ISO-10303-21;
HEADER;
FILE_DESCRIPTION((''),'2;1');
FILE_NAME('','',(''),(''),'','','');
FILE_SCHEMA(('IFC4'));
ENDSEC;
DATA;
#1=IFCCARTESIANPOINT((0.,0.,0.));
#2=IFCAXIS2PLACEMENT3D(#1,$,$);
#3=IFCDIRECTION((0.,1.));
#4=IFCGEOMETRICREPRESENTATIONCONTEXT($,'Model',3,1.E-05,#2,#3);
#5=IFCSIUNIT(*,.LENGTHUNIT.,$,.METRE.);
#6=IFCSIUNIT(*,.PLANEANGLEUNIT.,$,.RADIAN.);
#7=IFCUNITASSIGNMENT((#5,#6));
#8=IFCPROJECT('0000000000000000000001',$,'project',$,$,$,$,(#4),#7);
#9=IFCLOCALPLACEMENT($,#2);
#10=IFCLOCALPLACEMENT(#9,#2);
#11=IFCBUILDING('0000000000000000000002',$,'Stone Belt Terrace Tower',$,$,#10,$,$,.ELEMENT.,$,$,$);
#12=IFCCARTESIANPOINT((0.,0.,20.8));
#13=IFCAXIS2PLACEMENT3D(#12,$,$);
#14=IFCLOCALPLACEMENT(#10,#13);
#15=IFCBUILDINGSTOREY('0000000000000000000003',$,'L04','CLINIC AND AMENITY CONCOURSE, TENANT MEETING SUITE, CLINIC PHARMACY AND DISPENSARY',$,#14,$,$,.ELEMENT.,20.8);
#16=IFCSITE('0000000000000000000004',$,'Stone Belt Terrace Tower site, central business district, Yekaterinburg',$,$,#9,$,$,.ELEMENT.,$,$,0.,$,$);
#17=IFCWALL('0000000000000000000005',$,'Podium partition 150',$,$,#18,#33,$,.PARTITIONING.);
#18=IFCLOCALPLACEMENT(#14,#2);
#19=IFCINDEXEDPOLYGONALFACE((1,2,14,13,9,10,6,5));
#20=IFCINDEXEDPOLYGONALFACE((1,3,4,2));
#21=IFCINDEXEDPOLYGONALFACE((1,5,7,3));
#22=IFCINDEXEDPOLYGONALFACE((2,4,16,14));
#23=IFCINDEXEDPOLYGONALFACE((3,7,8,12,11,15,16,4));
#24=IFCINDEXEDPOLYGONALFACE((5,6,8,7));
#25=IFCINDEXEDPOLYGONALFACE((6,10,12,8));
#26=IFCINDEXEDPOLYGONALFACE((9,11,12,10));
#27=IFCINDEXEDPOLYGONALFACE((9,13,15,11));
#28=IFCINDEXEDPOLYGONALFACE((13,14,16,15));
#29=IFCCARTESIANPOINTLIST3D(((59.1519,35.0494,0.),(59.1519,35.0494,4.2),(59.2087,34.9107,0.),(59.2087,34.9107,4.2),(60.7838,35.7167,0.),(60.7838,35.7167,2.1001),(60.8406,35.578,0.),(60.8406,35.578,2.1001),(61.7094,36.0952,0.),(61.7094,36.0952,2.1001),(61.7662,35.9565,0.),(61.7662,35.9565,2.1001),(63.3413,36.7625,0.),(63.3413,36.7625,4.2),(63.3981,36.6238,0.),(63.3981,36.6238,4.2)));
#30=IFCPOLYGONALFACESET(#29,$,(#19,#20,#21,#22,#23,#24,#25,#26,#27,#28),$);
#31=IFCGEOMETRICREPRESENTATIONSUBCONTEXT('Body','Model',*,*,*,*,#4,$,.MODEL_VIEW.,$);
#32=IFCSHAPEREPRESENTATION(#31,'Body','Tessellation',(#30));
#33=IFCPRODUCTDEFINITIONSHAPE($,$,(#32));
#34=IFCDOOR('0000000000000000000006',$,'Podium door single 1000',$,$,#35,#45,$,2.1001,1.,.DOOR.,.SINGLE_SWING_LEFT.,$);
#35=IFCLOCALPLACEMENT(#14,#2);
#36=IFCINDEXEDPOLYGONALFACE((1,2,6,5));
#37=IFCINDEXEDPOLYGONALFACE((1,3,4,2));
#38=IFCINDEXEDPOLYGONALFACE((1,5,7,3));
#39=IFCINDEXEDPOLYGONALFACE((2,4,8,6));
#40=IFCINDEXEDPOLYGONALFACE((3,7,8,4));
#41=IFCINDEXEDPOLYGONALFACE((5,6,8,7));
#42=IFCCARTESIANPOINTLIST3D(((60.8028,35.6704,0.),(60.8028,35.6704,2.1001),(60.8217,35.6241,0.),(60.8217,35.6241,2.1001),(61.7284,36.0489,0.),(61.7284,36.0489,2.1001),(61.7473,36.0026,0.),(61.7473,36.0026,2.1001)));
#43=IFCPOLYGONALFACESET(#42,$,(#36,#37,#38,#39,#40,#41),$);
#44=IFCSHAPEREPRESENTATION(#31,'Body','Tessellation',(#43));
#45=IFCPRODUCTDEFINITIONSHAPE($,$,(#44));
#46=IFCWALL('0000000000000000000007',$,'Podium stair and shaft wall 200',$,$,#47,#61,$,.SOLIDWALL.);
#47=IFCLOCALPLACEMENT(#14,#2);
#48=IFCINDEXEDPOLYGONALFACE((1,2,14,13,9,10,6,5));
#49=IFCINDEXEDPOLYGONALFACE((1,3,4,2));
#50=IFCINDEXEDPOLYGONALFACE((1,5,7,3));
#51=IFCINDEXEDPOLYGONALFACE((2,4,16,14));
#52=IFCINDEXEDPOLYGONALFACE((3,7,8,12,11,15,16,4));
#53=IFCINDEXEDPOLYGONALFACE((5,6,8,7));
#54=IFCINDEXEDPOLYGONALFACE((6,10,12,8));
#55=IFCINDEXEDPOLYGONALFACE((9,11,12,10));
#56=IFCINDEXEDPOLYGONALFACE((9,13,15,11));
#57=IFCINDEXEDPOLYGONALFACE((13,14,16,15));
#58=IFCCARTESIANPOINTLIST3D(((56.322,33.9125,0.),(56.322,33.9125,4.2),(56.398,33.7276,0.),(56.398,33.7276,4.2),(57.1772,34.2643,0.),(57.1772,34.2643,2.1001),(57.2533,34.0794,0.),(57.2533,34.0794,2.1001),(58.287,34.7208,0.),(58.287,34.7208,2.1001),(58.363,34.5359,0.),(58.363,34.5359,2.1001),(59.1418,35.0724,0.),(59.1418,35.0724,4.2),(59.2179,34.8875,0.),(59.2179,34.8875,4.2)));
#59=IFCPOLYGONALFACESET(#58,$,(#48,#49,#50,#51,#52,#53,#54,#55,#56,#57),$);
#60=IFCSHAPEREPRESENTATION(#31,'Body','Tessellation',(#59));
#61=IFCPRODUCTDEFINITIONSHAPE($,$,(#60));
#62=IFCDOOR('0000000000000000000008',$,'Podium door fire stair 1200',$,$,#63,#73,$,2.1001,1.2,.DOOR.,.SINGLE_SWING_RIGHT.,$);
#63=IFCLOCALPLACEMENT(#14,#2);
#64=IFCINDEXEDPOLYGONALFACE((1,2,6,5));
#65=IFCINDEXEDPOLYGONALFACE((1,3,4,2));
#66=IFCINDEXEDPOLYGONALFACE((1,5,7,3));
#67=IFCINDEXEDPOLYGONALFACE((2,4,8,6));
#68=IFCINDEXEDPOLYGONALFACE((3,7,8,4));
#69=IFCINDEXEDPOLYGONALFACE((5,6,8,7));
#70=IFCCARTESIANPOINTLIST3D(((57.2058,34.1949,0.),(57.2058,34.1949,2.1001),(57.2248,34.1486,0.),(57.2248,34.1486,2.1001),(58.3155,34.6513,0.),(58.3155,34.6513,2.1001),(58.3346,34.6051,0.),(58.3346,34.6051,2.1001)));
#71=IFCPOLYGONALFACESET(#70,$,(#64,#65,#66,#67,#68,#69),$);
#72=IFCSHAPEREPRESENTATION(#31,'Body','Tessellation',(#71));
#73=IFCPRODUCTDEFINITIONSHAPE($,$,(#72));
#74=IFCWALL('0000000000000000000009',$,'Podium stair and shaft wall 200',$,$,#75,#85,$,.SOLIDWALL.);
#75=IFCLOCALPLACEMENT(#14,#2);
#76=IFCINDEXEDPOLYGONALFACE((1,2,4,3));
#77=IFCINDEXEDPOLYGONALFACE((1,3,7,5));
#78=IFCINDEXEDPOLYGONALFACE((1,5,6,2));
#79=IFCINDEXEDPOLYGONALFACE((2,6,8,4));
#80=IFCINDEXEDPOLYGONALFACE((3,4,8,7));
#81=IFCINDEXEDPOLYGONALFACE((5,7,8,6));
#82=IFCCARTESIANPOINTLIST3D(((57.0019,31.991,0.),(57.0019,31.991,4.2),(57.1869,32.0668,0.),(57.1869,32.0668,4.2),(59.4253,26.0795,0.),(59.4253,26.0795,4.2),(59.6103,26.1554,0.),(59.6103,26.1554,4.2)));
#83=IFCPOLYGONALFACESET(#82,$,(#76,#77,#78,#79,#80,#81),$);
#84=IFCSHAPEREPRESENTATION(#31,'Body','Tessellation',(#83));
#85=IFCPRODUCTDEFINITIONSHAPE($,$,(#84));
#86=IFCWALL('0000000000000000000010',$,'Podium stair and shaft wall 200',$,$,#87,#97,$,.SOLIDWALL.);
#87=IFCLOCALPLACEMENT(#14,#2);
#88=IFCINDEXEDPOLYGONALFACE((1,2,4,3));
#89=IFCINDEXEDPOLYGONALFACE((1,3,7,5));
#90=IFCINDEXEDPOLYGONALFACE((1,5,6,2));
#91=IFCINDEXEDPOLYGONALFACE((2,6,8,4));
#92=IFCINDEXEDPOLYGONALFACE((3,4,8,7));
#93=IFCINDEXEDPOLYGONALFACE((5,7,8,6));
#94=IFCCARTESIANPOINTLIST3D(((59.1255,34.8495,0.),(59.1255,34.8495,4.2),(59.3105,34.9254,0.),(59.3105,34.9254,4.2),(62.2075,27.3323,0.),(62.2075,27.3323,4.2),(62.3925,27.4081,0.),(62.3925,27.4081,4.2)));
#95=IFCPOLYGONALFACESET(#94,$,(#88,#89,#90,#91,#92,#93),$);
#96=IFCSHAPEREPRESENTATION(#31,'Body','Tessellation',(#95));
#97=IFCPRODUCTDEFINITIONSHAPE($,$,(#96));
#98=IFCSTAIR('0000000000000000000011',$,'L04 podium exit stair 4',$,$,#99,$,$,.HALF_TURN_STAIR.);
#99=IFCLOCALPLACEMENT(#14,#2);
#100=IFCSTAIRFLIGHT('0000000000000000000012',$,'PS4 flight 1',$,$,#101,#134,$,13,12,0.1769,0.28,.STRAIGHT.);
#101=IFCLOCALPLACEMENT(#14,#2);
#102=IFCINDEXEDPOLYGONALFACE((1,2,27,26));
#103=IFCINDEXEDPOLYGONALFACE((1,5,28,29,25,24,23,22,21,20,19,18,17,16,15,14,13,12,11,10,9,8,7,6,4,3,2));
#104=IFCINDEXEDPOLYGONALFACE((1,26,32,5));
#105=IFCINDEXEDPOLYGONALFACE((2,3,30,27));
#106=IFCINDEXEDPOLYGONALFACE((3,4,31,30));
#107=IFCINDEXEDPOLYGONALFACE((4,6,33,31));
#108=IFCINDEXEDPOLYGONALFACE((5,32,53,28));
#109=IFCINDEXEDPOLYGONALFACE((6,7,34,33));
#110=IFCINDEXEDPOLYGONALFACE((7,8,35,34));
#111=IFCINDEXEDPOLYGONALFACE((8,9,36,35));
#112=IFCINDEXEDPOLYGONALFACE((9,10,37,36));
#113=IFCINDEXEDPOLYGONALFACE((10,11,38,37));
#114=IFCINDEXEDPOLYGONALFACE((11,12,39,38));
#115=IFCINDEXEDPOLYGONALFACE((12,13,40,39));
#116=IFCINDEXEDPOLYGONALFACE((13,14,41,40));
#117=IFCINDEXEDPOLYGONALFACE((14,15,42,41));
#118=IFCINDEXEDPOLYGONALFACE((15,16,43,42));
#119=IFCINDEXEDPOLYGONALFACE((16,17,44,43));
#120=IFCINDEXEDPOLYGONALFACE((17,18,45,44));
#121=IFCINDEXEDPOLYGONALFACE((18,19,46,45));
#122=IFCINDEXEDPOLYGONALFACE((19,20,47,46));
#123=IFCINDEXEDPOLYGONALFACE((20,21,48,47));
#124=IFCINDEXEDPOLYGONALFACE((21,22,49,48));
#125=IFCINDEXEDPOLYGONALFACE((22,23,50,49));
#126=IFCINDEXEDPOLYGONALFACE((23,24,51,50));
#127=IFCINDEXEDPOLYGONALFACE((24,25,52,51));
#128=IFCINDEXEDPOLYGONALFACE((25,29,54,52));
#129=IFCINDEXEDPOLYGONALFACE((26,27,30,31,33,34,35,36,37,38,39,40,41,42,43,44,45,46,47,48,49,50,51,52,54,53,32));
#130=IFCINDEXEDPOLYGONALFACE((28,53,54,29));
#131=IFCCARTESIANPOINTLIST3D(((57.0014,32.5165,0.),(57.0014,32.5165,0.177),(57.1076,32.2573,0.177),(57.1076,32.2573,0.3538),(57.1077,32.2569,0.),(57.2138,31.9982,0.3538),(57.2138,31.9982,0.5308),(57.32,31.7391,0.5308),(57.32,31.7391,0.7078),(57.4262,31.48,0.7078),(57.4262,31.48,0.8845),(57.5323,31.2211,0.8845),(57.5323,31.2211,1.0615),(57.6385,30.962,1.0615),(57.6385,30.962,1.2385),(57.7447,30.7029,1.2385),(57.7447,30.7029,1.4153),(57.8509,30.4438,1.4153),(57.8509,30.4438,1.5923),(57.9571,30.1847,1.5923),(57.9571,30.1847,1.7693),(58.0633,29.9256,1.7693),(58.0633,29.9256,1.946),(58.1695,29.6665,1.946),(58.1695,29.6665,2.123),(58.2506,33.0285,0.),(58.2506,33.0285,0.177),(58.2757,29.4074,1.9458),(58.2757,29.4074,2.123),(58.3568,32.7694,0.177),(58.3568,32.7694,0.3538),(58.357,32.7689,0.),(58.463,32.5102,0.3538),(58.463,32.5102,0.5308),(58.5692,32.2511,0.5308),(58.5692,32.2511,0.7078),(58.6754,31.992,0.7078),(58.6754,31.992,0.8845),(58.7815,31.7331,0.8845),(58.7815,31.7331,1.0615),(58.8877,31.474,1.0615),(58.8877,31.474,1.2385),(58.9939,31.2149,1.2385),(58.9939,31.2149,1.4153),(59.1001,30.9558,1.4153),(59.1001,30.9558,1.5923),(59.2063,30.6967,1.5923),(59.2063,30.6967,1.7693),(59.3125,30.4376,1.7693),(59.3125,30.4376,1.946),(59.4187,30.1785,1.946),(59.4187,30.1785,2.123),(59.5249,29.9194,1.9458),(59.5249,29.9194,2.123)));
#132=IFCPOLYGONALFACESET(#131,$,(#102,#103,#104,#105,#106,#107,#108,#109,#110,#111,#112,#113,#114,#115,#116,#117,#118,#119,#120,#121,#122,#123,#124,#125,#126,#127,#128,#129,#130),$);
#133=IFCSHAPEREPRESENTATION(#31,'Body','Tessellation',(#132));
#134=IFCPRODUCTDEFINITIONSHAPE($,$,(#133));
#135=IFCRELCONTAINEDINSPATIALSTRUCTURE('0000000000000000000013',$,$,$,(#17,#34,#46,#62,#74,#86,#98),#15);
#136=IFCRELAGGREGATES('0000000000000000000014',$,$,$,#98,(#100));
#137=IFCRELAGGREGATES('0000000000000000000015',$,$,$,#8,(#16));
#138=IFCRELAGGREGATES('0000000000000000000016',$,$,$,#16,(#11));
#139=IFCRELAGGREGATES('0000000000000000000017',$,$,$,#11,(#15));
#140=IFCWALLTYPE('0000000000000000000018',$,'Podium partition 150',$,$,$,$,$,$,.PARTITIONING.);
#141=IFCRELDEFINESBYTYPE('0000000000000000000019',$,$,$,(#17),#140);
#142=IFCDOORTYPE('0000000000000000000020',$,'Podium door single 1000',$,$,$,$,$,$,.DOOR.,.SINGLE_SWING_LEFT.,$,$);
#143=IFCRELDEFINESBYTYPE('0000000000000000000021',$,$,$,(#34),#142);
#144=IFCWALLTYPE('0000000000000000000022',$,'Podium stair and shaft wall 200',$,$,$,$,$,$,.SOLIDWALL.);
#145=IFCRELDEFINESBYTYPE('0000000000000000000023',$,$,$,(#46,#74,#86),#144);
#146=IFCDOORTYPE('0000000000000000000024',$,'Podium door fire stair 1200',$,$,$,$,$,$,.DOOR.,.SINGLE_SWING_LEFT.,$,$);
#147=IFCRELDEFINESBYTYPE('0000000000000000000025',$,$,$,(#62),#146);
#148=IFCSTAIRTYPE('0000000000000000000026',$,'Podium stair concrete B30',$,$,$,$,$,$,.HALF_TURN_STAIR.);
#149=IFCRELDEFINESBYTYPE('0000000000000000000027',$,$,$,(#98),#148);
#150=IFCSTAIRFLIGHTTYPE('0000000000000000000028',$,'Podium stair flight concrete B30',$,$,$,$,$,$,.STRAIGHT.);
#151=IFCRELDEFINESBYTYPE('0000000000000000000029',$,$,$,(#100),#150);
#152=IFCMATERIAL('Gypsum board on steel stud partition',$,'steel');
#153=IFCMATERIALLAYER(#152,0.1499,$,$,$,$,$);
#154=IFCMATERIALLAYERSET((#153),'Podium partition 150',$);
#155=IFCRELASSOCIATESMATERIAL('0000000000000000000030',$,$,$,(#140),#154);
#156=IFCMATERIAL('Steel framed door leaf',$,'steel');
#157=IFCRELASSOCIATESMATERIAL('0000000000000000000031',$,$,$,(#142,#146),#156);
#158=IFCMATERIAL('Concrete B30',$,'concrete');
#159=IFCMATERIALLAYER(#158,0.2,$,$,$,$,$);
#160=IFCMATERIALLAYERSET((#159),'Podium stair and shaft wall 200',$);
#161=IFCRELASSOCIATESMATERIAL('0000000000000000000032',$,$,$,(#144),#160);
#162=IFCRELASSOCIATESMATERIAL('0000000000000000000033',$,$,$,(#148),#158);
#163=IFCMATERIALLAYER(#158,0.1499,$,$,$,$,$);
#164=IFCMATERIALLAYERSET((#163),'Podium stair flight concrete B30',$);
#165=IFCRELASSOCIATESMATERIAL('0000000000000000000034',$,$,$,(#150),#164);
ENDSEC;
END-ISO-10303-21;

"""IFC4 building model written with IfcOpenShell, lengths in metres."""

from ifc_helpers import new_model, si_unit, direction, frame, frame_2d, origin, place, context, subcontext, project, spatial, polyline, rectangle, outline, extrude, material, layer, layer_set, type_object, element, fill, aggregate, save


model = new_model("IFC4")

# Units and contexts
model_context = context("Model", 3, precision=1e-05, world=origin(), true_north=direction((0.0, 1.0)))
body_context = subcontext(model_context, "Body", "Model", "MODEL_VIEW")
ifc_project = project(units=[si_unit("LENGTHUNIT", "METRE"), si_unit("PLANEANGLEUNIT", "RADIAN")], contexts=[model_context])

# Site, building, storey
site_placement = place(None, origin())
site = spatial("IfcSite", under=ifc_project, at=site_placement, Name="Stone Belt Terrace Tower site, central business district, Yekaterinburg", CompositionType="ELEMENT", RefElevation=0.0)
building_placement = place(site_placement, origin())
building = spatial("IfcBuilding", under=site, at=building_placement, Name="Stone Belt Terrace Tower", CompositionType="ELEMENT")
storey_placement = place(building_placement, frame((0.0, 0.0, 20.8)))
storey = spatial("IfcBuildingStorey", under=building, at=storey_placement, Name="L04", Description="CLINIC AND AMENITY CONCOURSE, TENANT MEETING SUITE, CLINIC PHARMACY AND DISPENSARY", CompositionType="ELEMENT", Elevation=20.8)

# Shared definitions
ifc_material_1 = material(Name="Gypsum board on steel stud partition", Category="steel")
ifc_layer_1 = layer(ifc_material_1, 0.1499)
ifc_layer_set_1 = layer_set([ifc_layer_1], Name="Podium partition 150")
wall_type_1 = type_object("IfcWallType", Name="Podium partition 150", PredefinedType="PARTITIONING", material=ifc_layer_set_1)

# Walls, openings, doors
wall_1_placement = place(storey_placement, frame((59.1802, 34.98, 0.0), z_axis=(0.0, 0.0, 1.0), x_axis=(0.925604, 0.378494, 0.0)))
wall_1 = element("IfcWall", 1, at=wall_1_placement, inside=storey, type_object=wall_type_1, Name="Podium partition 150", PredefinedType="PARTITIONING", context=body_context, shape_type="SweptSolid", body=[
    extrude(rectangle(XDim=4.5261, YDim=0.1499, at=frame_2d((2.2632, 0.0))), origin(), (0.0, 0.0, 1.0), 4.2),
])
opening_1_placement = place(wall_1_placement, frame((1.7632, 0.0, 0.0)))
opening_1 = element("IfcOpeningElement", 2, at=opening_1_placement, cuts=wall_1, PredefinedType="OPENING", context=body_context, shape_type="SweptSolid", body=[
    extrude(rectangle(XDim=1.0, YDim=2.1001, at=frame_2d((0.5, 1.05))), frame((0.0, 0.085, 0.0), z_axis=(0.0, -1.0, 0.0), x_axis=(1.0, 0.0, 0.0)), (0.0, 0.0, 1.0), 0.1699),
])
ifc_material_2 = material(Name="Steel framed door leaf", Category="steel")
door_type_1 = type_object("IfcDoorType", Name="Podium door single 1000", OperationType="SINGLE_SWING_LEFT", PredefinedType="DOOR", material=ifc_material_2)
door_1_placement = place(opening_1_placement, origin())
door_1 = element("IfcDoor", 3, at=door_1_placement, inside=storey, type_object=door_type_1, Name="Podium door single 1000", OperationType="SINGLE_SWING_LEFT", OverallHeight=2.1001, OverallWidth=1.0, PredefinedType="DOOR", context=body_context, shape_type="SweptSolid", body=[
    extrude(rectangle(XDim=1.0, YDim=2.1001, at=frame_2d((0.5, 1.05))), frame((0.0, 0.0249, 0.0), z_axis=(0.0, -1.0, 0.0), x_axis=(1.0, 0.0, 0.0)), (0.0, 0.0, 1.0), 0.05),
])
fill(opening_1, door_1)
ifc_material_3 = material(Name="Concrete B30", Category="concrete")
ifc_layer_2 = layer(ifc_material_3, 0.2)
ifc_layer_set_2 = layer_set([ifc_layer_2], Name="Podium stair and shaft wall 200")
wall_type_2 = type_object("IfcWallType", Name="Podium stair and shaft wall 200", PredefinedType="SOLIDWALL", material=ifc_layer_set_2)
wall_2_placement = place(storey_placement, frame((56.3601, 33.8201, 0.0), z_axis=(0.0, 0.0, 1.0), x_axis=(0.924816, 0.380416, 0.0)))
wall_2 = element("IfcWall", 4, at=wall_2_placement, inside=storey, type_object=wall_type_2, Name="Podium stair and shaft wall 200", PredefinedType="SOLIDWALL", context=body_context, shape_type="SweptSolid", body=[
    extrude(rectangle(XDim=3.0491, YDim=0.2, at=frame_2d((1.5244, 0.0))), origin(), (0.0, 0.0, 1.0), 4.2),
])
opening_2_placement = place(wall_2_placement, frame((0.9246, 0.0, 0.0)))
opening_2 = element("IfcOpeningElement", 5, at=opening_2_placement, cuts=wall_2, PredefinedType="OPENING", context=body_context, shape_type="SweptSolid", body=[
    extrude(rectangle(XDim=1.2, YDim=2.1001, at=frame_2d((0.6001, 1.05))), frame((0.0, 0.1099, 0.0), z_axis=(0.0, -1.0, 0.0), x_axis=(1.0, 0.0, 0.0)), (0.0, 0.0, 1.0), 0.22),
])
door_type_2 = type_object("IfcDoorType", Name="Podium door fire stair 1200", OperationType="SINGLE_SWING_LEFT", PredefinedType="DOOR", material=ifc_material_2)
door_2_placement = place(opening_2_placement, origin())
door_2 = element("IfcDoor", 6, at=door_2_placement, inside=storey, type_object=door_type_2, Name="Podium door fire stair 1200", OperationType="SINGLE_SWING_RIGHT", OverallHeight=2.1001, OverallWidth=1.2, PredefinedType="DOOR", context=body_context, shape_type="SweptSolid", body=[
    extrude(rectangle(XDim=1.2, YDim=2.1001, at=frame_2d((0.6001, 1.05))), frame((0.0, 0.0249, 0.0), z_axis=(0.0, -1.0, 0.0), x_axis=(1.0, 0.0, 0.0)), (0.0, 0.0, 1.0), 0.05),
])
fill(opening_2, door_2)

# Walls
wall_3_placement = place(storey_placement, frame((57.0945, 32.0288, 0.0), z_axis=(0.0, 0.0, 1.0), x_axis=(0.37931, -0.92527, 0.0)))
element("IfcWall", 7, at=wall_3_placement, inside=storey, type_object=wall_type_2, Name="Podium stair and shaft wall 200", PredefinedType="SOLIDWALL", context=body_context, shape_type="SweptSolid", body=[
    extrude(rectangle(XDim=6.3889, YDim=0.2, at=frame_2d((3.1943, 0.0))), origin(), (0.0, 0.0, 1.0), 4.2),
])
wall_4_placement = place(storey_placement, frame((59.218, 34.8875, 0.0), z_axis=(0.0, 0.0, 1.0), x_axis=(0.379345, -0.925255, 0.0)))
element("IfcWall", 8, at=wall_4_placement, inside=storey, type_object=wall_type_2, Name="Podium stair and shaft wall 200", PredefinedType="SOLIDWALL", context=body_context, shape_type="SweptSolid", body=[
    extrude(rectangle(XDim=8.1245, YDim=0.2, at=frame_2d((4.0623, 0.0))), origin(), (0.0, 0.0, 1.0), 4.2),
])

# Stair, stair flight
stair_type = type_object("IfcStairType", Name="Podium stair concrete B30", PredefinedType="HALF_TURN_STAIR", material=ifc_material_3)
stair_placement = place(storey_placement, origin())
stair = element("IfcStair", 9, at=stair_placement, inside=storey, type_object=stair_type, Name="L04 podium exit stair 4", PredefinedType="HALF_TURN_STAIR")
ifc_layer_3 = layer(ifc_material_3, 0.1499)
ifc_layer_set_3 = layer_set([ifc_layer_3], Name="Podium stair flight concrete B30")
stair_flight_type = type_object("IfcStairFlightType", Name="Podium stair flight concrete B30", PredefinedType="STRAIGHT", material=ifc_layer_set_3)
stair_flight_placement = place(storey_placement, frame((57.626, 32.7725, 0.0), z_axis=(0.0, 0.0, 1.0), x_axis=(0.379243, -0.925297, 0.0)))
stair_flight = element("IfcStairFlight", 10, at=stair_flight_placement, type_object=stair_flight_type, Name="PS4 flight 1", NumberOfRisers=13, NumberOfTreads=12, PredefinedType="STRAIGHT", RiserHeight=0.1769, TreadLength=0.28, context=body_context, shape_type="SweptSolid", body=[
    extrude(outline(polyline([(0.0, 0.0), (0.0, 0.177), (0.28, 0.177), (0.28, 0.3538), (0.5601, 0.3538), (0.5601, 0.5308), (0.8401, 0.5308), (0.8401, 0.7078), (1.1201, 0.7078), (1.1201, 0.8845), (1.3999, 0.8845), (1.3999, 1.0615), (1.6799, 1.0615), (1.6799, 1.2385), (1.96, 1.2385), (1.96, 1.4153), (2.24, 1.4153), (2.24, 1.5923), (2.52, 1.5923), (2.52, 1.7693), (2.8, 1.7693), (2.8, 1.946), (3.0801, 1.946), (3.0801, 2.123), (3.3601, 2.123), (3.3601, 2.3), (3.3601, 1.9458), (0.2805, 0.0), (0.0, 0.0)])), frame((0.0, 0.675, 0.0), z_axis=(0.0, -1.0, 0.0), x_axis=(1.0, 0.0, 0.0)), (0.0, 0.0, 1.0), 1.3501),
])
aggregate(stair, [stair_flight])

save(model, "model.ifc")
